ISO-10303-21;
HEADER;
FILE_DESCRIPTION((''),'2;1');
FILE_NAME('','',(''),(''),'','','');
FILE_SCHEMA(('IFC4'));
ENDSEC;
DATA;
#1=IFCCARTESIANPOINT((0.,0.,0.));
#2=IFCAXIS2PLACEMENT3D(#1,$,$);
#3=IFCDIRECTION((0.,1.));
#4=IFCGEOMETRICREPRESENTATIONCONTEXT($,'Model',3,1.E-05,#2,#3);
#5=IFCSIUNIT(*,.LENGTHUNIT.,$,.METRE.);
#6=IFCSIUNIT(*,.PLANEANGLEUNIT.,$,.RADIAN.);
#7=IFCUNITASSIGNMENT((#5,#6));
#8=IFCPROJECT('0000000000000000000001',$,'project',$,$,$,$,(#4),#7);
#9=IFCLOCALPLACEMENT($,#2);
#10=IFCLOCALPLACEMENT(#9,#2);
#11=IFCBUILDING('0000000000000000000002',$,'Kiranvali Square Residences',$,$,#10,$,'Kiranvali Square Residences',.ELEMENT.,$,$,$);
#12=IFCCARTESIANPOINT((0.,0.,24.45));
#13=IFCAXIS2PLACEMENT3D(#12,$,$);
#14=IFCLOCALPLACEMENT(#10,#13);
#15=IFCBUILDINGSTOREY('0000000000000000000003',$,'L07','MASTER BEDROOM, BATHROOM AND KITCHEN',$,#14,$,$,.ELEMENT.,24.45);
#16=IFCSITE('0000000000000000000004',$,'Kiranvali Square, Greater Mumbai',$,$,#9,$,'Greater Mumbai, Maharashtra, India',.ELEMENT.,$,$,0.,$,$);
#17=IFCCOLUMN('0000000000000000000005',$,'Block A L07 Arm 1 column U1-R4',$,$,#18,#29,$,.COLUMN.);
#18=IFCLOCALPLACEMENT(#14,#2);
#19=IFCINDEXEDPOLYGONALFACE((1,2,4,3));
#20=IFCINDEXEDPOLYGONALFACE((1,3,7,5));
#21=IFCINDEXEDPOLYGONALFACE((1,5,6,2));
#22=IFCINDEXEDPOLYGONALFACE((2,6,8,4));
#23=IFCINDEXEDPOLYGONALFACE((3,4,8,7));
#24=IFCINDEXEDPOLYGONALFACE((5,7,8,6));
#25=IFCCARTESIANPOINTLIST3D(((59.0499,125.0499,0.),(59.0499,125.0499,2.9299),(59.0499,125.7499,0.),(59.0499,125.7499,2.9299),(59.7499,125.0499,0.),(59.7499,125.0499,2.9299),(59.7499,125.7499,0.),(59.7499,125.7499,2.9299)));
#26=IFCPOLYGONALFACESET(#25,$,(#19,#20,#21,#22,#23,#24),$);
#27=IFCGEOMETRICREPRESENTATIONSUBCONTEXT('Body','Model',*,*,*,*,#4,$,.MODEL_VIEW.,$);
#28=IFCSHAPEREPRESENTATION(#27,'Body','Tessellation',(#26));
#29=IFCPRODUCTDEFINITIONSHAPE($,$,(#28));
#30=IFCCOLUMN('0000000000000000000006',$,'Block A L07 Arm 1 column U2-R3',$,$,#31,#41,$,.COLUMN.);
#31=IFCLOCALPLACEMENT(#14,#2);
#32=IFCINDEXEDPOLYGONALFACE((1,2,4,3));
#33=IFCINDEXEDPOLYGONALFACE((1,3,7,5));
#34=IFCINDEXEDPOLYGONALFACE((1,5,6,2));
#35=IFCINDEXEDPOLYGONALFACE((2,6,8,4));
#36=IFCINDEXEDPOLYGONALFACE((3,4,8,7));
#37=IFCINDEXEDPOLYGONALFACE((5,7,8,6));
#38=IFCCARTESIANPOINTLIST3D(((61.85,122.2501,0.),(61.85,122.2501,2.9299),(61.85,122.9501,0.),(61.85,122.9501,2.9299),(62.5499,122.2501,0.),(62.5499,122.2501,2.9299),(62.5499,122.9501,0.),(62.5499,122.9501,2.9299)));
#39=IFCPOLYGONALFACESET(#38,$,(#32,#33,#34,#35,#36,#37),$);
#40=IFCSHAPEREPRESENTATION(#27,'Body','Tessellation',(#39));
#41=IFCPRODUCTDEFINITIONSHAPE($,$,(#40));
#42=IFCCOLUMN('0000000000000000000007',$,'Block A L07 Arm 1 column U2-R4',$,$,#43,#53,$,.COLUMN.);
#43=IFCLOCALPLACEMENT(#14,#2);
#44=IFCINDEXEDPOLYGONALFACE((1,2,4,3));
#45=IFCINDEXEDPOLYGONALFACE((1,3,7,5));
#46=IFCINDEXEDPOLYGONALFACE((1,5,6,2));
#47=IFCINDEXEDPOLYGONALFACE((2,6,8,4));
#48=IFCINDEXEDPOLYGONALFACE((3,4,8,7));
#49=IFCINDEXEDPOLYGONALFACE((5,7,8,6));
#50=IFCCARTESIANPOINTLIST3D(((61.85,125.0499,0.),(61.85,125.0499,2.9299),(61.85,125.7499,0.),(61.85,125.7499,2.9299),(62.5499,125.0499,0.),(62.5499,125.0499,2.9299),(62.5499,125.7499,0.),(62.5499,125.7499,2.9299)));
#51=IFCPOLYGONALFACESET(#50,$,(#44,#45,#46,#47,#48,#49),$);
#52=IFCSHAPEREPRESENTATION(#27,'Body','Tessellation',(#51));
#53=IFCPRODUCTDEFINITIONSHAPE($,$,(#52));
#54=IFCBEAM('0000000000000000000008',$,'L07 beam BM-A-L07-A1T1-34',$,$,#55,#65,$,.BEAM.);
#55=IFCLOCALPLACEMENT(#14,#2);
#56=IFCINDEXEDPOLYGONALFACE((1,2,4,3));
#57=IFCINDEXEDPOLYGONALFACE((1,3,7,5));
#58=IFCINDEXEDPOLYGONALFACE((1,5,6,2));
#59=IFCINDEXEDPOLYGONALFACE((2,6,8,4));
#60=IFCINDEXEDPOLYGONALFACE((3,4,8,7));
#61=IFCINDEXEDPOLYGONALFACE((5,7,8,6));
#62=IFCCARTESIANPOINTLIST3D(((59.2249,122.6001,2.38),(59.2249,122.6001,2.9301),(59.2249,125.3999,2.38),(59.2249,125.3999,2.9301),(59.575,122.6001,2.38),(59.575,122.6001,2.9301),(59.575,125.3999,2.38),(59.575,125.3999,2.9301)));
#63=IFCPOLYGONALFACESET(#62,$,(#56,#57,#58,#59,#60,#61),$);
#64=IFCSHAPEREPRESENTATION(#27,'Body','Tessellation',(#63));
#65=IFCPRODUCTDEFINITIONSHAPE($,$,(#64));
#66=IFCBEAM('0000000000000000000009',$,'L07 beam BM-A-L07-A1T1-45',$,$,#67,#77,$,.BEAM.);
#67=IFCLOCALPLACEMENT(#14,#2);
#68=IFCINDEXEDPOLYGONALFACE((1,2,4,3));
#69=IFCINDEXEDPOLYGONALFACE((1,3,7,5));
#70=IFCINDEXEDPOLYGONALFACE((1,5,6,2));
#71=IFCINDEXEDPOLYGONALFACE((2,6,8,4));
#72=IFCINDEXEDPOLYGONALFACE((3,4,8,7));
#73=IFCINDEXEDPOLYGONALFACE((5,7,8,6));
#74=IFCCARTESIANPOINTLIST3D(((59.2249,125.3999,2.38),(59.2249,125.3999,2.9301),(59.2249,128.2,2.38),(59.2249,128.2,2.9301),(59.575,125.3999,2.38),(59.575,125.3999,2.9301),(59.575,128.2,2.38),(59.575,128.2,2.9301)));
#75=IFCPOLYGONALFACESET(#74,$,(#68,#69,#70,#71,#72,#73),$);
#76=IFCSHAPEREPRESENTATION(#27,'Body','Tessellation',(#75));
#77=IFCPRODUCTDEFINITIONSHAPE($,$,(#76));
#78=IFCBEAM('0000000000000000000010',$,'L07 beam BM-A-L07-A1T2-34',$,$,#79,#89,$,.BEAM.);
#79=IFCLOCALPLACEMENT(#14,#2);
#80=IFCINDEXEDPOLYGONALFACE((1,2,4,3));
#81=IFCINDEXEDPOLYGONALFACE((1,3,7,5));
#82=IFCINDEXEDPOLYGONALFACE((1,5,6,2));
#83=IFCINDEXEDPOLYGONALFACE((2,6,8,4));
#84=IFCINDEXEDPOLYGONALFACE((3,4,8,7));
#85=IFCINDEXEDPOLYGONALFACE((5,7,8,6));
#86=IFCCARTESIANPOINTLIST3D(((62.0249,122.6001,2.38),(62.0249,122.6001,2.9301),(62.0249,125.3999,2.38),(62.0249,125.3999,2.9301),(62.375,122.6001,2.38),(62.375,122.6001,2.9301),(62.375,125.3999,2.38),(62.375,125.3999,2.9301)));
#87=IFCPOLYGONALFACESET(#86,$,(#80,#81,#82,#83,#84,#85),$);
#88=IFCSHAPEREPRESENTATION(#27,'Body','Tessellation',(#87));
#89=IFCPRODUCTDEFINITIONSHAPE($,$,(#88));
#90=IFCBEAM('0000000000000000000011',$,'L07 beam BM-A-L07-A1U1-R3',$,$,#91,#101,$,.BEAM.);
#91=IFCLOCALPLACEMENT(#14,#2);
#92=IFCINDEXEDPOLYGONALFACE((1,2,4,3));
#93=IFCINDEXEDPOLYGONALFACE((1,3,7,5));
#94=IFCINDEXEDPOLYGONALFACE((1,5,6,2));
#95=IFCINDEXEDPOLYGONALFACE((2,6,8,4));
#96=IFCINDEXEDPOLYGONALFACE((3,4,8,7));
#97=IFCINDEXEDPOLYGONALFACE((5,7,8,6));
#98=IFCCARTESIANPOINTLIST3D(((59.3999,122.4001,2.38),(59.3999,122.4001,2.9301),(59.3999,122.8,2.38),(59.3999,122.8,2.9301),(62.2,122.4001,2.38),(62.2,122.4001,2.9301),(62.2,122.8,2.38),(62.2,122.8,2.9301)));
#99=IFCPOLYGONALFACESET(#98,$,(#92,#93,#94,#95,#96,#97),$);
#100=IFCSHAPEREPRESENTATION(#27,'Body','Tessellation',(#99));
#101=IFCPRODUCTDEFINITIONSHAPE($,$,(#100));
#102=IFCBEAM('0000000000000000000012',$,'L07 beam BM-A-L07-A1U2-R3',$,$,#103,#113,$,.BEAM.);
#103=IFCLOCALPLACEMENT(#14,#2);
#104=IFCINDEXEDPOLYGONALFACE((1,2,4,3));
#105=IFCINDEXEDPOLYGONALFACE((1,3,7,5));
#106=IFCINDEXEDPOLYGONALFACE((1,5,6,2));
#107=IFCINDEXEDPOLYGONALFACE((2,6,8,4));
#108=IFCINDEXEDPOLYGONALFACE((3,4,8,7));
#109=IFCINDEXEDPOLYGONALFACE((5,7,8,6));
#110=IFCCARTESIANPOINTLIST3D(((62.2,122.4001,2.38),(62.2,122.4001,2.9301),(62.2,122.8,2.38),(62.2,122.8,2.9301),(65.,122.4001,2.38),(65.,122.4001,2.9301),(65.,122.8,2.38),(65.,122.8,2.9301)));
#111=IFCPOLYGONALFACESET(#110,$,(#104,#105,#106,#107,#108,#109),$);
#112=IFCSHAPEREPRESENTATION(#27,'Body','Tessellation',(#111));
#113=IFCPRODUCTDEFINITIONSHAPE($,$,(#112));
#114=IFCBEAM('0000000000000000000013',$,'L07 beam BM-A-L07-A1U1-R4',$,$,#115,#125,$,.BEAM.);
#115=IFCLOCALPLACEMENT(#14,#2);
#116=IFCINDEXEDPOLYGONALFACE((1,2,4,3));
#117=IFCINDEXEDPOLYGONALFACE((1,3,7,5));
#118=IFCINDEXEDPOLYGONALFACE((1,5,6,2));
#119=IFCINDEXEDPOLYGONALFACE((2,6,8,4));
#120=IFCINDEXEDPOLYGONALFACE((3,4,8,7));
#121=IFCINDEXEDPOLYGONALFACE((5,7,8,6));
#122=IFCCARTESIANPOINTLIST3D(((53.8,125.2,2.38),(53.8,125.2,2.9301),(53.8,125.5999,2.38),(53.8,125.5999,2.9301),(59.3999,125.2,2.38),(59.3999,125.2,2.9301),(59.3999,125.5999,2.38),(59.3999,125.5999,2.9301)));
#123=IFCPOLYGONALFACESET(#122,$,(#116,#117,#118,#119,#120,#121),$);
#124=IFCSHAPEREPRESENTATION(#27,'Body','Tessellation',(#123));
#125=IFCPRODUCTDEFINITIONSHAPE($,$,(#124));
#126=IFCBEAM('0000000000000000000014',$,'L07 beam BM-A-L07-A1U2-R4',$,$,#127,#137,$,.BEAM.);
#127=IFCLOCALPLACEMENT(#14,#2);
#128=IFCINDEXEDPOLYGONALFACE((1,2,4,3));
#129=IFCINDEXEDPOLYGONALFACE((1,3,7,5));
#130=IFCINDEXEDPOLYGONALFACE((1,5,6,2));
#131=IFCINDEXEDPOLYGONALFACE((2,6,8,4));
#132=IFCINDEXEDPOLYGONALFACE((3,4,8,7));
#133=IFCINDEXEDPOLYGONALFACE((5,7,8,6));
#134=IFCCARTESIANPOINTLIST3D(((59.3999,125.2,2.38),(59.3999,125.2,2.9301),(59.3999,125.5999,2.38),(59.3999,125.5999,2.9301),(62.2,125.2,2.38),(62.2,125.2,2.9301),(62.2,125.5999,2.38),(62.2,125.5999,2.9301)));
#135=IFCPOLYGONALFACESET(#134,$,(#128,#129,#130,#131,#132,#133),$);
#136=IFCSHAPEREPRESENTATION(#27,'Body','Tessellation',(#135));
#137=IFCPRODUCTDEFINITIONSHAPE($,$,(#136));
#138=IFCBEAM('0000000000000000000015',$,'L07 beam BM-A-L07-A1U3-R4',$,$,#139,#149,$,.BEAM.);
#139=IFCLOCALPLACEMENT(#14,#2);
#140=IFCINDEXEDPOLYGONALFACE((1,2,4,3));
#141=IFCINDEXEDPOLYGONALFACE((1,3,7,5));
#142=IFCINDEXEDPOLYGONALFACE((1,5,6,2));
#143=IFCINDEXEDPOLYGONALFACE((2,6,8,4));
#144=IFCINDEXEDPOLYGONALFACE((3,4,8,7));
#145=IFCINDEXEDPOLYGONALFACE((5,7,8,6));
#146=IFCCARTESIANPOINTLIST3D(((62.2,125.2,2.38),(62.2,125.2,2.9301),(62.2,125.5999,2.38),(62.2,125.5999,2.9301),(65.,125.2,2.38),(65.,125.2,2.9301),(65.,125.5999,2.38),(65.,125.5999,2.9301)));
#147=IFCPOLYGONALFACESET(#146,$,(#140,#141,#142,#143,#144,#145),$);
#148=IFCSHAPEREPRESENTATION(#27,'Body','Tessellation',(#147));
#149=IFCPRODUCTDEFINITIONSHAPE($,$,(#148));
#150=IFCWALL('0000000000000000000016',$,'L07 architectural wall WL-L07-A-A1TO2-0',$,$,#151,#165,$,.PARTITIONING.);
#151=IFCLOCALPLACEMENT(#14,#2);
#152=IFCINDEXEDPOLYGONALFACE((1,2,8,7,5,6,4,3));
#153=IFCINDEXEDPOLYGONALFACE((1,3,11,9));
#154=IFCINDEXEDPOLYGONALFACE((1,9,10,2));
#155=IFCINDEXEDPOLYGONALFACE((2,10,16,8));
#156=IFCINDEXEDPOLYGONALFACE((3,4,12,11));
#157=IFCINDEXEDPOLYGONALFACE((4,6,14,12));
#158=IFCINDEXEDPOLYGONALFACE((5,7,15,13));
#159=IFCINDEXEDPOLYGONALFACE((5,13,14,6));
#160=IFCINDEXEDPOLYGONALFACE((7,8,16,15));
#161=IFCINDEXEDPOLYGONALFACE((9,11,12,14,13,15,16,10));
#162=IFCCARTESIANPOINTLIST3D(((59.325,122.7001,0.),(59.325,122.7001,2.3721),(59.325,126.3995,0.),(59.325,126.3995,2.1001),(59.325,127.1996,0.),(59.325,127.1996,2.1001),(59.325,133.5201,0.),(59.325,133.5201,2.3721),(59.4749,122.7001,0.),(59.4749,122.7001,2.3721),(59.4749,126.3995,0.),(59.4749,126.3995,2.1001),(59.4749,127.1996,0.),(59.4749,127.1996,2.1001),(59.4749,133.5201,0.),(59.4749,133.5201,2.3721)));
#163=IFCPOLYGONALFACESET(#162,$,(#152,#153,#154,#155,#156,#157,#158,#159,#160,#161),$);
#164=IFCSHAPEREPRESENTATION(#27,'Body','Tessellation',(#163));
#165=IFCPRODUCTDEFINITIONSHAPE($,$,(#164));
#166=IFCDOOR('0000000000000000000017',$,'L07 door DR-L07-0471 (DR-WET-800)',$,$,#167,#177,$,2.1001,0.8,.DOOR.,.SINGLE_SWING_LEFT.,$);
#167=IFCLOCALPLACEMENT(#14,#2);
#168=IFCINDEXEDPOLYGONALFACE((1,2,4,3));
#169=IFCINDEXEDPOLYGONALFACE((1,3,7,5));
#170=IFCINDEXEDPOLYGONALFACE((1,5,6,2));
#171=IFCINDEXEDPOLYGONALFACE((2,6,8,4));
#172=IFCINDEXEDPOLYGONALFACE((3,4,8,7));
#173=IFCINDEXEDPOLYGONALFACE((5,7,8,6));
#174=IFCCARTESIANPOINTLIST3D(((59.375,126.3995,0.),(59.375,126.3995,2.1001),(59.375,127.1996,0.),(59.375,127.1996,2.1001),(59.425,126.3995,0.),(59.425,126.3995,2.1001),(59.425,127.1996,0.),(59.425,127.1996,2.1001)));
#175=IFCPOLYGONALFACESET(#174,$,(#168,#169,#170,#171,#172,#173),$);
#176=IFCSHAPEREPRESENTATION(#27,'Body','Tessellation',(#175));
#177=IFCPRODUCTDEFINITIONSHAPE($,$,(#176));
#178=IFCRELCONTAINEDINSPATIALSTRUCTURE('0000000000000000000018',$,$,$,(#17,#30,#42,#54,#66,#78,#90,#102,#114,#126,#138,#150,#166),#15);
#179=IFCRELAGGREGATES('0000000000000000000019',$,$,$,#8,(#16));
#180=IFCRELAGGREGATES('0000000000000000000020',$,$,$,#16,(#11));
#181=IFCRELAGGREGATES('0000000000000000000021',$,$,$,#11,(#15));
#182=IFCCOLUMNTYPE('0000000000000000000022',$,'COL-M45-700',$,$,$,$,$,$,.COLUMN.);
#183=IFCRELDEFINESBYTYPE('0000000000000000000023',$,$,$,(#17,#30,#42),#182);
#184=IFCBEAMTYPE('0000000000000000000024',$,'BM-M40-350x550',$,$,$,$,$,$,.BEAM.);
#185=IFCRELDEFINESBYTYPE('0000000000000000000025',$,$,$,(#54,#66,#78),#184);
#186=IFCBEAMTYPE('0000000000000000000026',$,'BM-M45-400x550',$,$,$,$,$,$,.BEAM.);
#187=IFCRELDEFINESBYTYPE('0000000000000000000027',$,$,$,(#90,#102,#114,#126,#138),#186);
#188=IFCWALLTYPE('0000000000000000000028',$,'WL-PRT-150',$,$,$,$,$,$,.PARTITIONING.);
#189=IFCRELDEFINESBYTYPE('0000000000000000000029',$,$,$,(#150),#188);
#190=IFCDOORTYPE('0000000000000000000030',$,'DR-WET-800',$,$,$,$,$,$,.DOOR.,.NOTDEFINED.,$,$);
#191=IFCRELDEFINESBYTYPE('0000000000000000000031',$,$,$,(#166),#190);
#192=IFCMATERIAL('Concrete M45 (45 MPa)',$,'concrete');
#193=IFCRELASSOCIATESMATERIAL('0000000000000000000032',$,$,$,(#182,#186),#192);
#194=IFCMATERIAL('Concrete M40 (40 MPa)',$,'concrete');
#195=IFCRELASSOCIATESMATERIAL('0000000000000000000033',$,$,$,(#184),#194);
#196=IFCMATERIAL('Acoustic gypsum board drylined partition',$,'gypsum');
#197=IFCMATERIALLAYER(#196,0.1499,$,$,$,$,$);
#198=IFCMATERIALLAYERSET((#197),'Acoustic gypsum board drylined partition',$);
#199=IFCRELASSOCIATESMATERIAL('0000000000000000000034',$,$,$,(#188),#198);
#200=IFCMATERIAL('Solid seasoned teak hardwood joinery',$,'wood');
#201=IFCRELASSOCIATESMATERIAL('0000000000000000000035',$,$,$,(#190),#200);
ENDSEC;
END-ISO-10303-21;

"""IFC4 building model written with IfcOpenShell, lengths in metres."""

from ifc_helpers import new_model, si_unit, direction, frame, frame_2d, origin, origin_2d, place, context, subcontext, project, spatial, rectangle, extrude, material, layer, layer_set, material_profile, profile_set, type_object, element, fill, save


model = new_model("IFC4")

# Units and contexts
model_context = context("Model", 3, precision=1e-05, world=origin(), true_north=direction((0.0, 1.0)))
body_context = subcontext(model_context, "Body", "Model", "MODEL_VIEW")
ifc_project = project(units=[si_unit("LENGTHUNIT", "METRE"), si_unit("PLANEANGLEUNIT", "RADIAN")], contexts=[model_context])

# Site, building, storey
site_placement = place(None, origin())
site = spatial("IfcSite", under=ifc_project, at=site_placement, Name="Kiranvali Square, Greater Mumbai", LongName="Greater Mumbai, Maharashtra, India", CompositionType="ELEMENT", RefElevation=0.0)
building_placement = place(site_placement, origin())
building = spatial("IfcBuilding", under=site, at=building_placement, Name="Kiranvali Square Residences", LongName="Kiranvali Square Residences", CompositionType="ELEMENT")
storey_placement = place(building_placement, frame((0.0, 0.0, 24.45)))
storey = spatial("IfcBuildingStorey", under=building, at=storey_placement, Name="L07", Description="MASTER BEDROOM, BATHROOM AND KITCHEN", CompositionType="ELEMENT", Elevation=24.45)

# Columns
ifc_material_1 = material(Name="Concrete M45 (45 MPa)", Category="concrete")
ifc_material_profile_1 = material_profile(ifc_material_1, rectangle(XDim=0.7, YDim=0.7, at=origin_2d()), Name="RC 700x700")
ifc_profile_set_1 = profile_set([ifc_material_profile_1], Name="Concrete M45 (45 MPa)")
column_type = type_object("IfcColumnType", Name="COL-M45-700", PredefinedType="COLUMN", material=ifc_profile_set_1)
for number, where, z_axis, x_axis, name in (
    (1, (59.3999, 125.3999, 0.0), (0.0, 0.0, 1.0), (1.0, 0.0, 0.0), "Block A L07 Arm 1 column U1-R4"),
    (2, (62.2, 122.6001, 0.0), (0.0, 0.0, 1.0), (1.0, 0.0, 0.0), "Block A L07 Arm 1 column U2-R3"),
    (3, (62.2, 125.3999, 0.0), (0.0, 0.0, 1.0), (1.0, 0.0, 0.0), "Block A L07 Arm 1 column U2-R4"),
):
    element("IfcColumn", number, at=place(storey_placement, frame(where, z_axis=z_axis, x_axis=x_axis)), inside=storey, type_object=column_type, Name=name, PredefinedType="COLUMN", context=body_context, shape_type="SweptSolid", body=[
        extrude(rectangle(XDim=0.7, YDim=0.7, at=origin_2d()), origin(), (0.0, 0.0, 1.0), 2.9299),
    ])

# Beams
ifc_material_2 = material(Name="Concrete M40 (40 MPa)", Category="concrete")
ifc_material_profile_2 = material_profile(ifc_material_2, rectangle(XDim=0.3501, YDim=0.55, at=origin_2d()), Name="RC 350x550")
ifc_profile_set_2 = profile_set([ifc_material_profile_2], Name="Concrete M40 (40 MPa)")
beam_type_1 = type_object("IfcBeamType", Name="BM-M40-350x550", PredefinedType="BEAM", material=ifc_profile_set_2)
beam_1_placement = place(storey_placement, frame((59.3999, 122.6001, 2.655), z_axis=(0.0, 1.0, 0.0), x_axis=(-1.0, 0.0, 0.0)))
element("IfcBeam", 4, at=beam_1_placement, inside=storey, type_object=beam_type_1, Name="L07 beam BM-A-L07-A1T1-34", PredefinedType="BEAM", context=body_context, shape_type="SweptSolid", body=[
    extrude(rectangle(XDim=0.3501, YDim=0.55, at=origin_2d()), origin(), (0.0, 0.0, 1.0), 2.7998),
])
beam_2_placement = place(storey_placement, frame((59.3999, 125.3999, 2.655), z_axis=(0.0, 1.0, 0.0), x_axis=(-1.0, 0.0, 0.0)))
element("IfcBeam", 5, at=beam_2_placement, inside=storey, type_object=beam_type_1, Name="L07 beam BM-A-L07-A1T1-45", PredefinedType="BEAM", context=body_context, shape_type="SweptSolid", body=[
    extrude(rectangle(XDim=0.3501, YDim=0.55, at=origin_2d()), origin(), (0.0, 0.0, 1.0), 2.8),
])
beam_3_placement = place(storey_placement, frame((62.2, 122.6001, 2.655), z_axis=(0.0, 1.0, 0.0), x_axis=(-1.0, 0.0, 0.0)))
element("IfcBeam", 6, at=beam_3_placement, inside=storey, type_object=beam_type_1, Name="L07 beam BM-A-L07-A1T2-34", PredefinedType="BEAM", context=body_context, shape_type="SweptSolid", body=[
    extrude(rectangle(XDim=0.3501, YDim=0.55, at=origin_2d()), origin(), (0.0, 0.0, 1.0), 2.7998),
])
ifc_material_profile_3 = material_profile(ifc_material_1, rectangle(XDim=0.3999, YDim=0.55, at=origin_2d()), Name="RC 400x550")
ifc_profile_set_3 = profile_set([ifc_material_profile_3], Name="Concrete M45 (45 MPa)")
beam_type_2 = type_object("IfcBeamType", Name="BM-M45-400x550", PredefinedType="BEAM", material=ifc_profile_set_3)
for number, where, z_axis, x_axis, name in (
    (7, (59.3999, 122.6001, 2.655), (1.0, 0.0, 0.0), (0.0, 1.0, 0.0), "L07 beam BM-A-L07-A1U1-R3"),
    (8, (62.2, 122.6001, 2.655), (1.0, 0.0, 0.0), (0.0, 1.0, 0.0), "L07 beam BM-A-L07-A1U2-R3"),
):
    element("IfcBeam", number, at=place(storey_placement, frame(where, z_axis=z_axis, x_axis=x_axis)), inside=storey, type_object=beam_type_2, Name=name, PredefinedType="BEAM", context=body_context, shape_type="SweptSolid", body=[
        extrude(rectangle(XDim=0.3999, YDim=0.55, at=origin_2d()), origin(), (0.0, 0.0, 1.0), 2.8),
    ])
beam_4_placement = place(storey_placement, frame((53.8, 125.3999, 2.655), z_axis=(1.0, 0.0, 0.0), x_axis=(0.0, 1.0, 0.0)))
element("IfcBeam", 9, at=beam_4_placement, inside=storey, type_object=beam_type_2, Name="L07 beam BM-A-L07-A1U1-R4", PredefinedType="BEAM", context=body_context, shape_type="SweptSolid", body=[
    extrude(rectangle(XDim=0.3999, YDim=0.55, at=origin_2d()), origin(), (0.0, 0.0, 1.0), 5.5999),
])
for number, where, z_axis, x_axis, name in (
    (10, (59.3999, 125.3999, 2.655), (1.0, 0.0, 0.0), (0.0, 1.0, 0.0), "L07 beam BM-A-L07-A1U2-R4"),
    (11, (62.2, 125.3999, 2.655), (1.0, 0.0, 0.0), (0.0, 1.0, 0.0), "L07 beam BM-A-L07-A1U3-R4"),
):
    element("IfcBeam", number, at=place(storey_placement, frame(where, z_axis=z_axis, x_axis=x_axis)), inside=storey, type_object=beam_type_2, Name=name, PredefinedType="BEAM", context=body_context, shape_type="SweptSolid", body=[
        extrude(rectangle(XDim=0.3999, YDim=0.55, at=origin_2d()), origin(), (0.0, 0.0, 1.0), 2.8),
    ])

# Wall, opening, door
ifc_material_3 = material(Name="Acoustic gypsum board drylined partition", Category="gypsum")
ifc_layer_1 = layer(ifc_material_3, 0.1499)
ifc_layer_set_1 = layer_set([ifc_layer_1], Name="Acoustic gypsum board drylined partition")
wall_type_1 = type_object("IfcWallType", Name="WL-PRT-150", PredefinedType="PARTITIONING", material=ifc_layer_set_1)
wall_1_placement = place(storey_placement, frame((59.3999, 122.7, 0.0), z_axis=(0.0, 0.0, 1.0), x_axis=(0.0, 1.0, 0.0)))
wall_1 = element("IfcWall", 12, at=wall_1_placement, inside=storey, type_object=wall_type_1, Name="L07 architectural wall WL-L07-A-A1TO2-0", PredefinedType="PARTITIONING", context=body_context, shape_type="SweptSolid", body=[
    extrude(rectangle(XDim=10.8201, YDim=0.1499, at=frame_2d((5.4102, 0.0))), origin(), (0.0, 0.0, 1.0), 2.3721),
])
opening_1_placement = place(wall_1_placement, frame((3.6997, 0.0, 0.0)))
opening_1 = element("IfcOpeningElement", 13, at=opening_1_placement, cuts=wall_1, PredefinedType="OPENING", context=body_context, shape_type="SweptSolid", body=[
    extrude(rectangle(XDim=0.8, YDim=2.1001, at=frame_2d((0.3999, 1.05))), frame((0.0, 0.085, 0.0), z_axis=(0.0, -1.0, 0.0), x_axis=(1.0, 0.0, 0.0)), (0.0, 0.0, 1.0), 0.1699),
])
ifc_material_4 = material(Name="Solid seasoned teak hardwood joinery", Category="wood")
door_type_1 = type_object("IfcDoorType", Name="DR-WET-800", OperationType="NOTDEFINED", PredefinedType="DOOR", material=ifc_material_4)
door_1_placement = place(opening_1_placement, origin())
door_1 = element("IfcDoor", 14, at=door_1_placement, inside=storey, type_object=door_type_1, Name="L07 door DR-L07-0471 (DR-WET-800)", OperationType="SINGLE_SWING_LEFT", OverallHeight=2.1001, OverallWidth=0.8, PredefinedType="DOOR", context=body_context, shape_type="SweptSolid", body=[
    extrude(rectangle(XDim=0.8, YDim=2.1001, at=frame_2d((0.3999, 1.05))), frame((0.0, 0.0249, 0.0), z_axis=(0.0, -1.0, 0.0), x_axis=(1.0, 0.0, 0.0)), (0.0, 0.0, 1.0), 0.05),
])
fill(opening_1, door_1)

save(model, "model.ifc")
